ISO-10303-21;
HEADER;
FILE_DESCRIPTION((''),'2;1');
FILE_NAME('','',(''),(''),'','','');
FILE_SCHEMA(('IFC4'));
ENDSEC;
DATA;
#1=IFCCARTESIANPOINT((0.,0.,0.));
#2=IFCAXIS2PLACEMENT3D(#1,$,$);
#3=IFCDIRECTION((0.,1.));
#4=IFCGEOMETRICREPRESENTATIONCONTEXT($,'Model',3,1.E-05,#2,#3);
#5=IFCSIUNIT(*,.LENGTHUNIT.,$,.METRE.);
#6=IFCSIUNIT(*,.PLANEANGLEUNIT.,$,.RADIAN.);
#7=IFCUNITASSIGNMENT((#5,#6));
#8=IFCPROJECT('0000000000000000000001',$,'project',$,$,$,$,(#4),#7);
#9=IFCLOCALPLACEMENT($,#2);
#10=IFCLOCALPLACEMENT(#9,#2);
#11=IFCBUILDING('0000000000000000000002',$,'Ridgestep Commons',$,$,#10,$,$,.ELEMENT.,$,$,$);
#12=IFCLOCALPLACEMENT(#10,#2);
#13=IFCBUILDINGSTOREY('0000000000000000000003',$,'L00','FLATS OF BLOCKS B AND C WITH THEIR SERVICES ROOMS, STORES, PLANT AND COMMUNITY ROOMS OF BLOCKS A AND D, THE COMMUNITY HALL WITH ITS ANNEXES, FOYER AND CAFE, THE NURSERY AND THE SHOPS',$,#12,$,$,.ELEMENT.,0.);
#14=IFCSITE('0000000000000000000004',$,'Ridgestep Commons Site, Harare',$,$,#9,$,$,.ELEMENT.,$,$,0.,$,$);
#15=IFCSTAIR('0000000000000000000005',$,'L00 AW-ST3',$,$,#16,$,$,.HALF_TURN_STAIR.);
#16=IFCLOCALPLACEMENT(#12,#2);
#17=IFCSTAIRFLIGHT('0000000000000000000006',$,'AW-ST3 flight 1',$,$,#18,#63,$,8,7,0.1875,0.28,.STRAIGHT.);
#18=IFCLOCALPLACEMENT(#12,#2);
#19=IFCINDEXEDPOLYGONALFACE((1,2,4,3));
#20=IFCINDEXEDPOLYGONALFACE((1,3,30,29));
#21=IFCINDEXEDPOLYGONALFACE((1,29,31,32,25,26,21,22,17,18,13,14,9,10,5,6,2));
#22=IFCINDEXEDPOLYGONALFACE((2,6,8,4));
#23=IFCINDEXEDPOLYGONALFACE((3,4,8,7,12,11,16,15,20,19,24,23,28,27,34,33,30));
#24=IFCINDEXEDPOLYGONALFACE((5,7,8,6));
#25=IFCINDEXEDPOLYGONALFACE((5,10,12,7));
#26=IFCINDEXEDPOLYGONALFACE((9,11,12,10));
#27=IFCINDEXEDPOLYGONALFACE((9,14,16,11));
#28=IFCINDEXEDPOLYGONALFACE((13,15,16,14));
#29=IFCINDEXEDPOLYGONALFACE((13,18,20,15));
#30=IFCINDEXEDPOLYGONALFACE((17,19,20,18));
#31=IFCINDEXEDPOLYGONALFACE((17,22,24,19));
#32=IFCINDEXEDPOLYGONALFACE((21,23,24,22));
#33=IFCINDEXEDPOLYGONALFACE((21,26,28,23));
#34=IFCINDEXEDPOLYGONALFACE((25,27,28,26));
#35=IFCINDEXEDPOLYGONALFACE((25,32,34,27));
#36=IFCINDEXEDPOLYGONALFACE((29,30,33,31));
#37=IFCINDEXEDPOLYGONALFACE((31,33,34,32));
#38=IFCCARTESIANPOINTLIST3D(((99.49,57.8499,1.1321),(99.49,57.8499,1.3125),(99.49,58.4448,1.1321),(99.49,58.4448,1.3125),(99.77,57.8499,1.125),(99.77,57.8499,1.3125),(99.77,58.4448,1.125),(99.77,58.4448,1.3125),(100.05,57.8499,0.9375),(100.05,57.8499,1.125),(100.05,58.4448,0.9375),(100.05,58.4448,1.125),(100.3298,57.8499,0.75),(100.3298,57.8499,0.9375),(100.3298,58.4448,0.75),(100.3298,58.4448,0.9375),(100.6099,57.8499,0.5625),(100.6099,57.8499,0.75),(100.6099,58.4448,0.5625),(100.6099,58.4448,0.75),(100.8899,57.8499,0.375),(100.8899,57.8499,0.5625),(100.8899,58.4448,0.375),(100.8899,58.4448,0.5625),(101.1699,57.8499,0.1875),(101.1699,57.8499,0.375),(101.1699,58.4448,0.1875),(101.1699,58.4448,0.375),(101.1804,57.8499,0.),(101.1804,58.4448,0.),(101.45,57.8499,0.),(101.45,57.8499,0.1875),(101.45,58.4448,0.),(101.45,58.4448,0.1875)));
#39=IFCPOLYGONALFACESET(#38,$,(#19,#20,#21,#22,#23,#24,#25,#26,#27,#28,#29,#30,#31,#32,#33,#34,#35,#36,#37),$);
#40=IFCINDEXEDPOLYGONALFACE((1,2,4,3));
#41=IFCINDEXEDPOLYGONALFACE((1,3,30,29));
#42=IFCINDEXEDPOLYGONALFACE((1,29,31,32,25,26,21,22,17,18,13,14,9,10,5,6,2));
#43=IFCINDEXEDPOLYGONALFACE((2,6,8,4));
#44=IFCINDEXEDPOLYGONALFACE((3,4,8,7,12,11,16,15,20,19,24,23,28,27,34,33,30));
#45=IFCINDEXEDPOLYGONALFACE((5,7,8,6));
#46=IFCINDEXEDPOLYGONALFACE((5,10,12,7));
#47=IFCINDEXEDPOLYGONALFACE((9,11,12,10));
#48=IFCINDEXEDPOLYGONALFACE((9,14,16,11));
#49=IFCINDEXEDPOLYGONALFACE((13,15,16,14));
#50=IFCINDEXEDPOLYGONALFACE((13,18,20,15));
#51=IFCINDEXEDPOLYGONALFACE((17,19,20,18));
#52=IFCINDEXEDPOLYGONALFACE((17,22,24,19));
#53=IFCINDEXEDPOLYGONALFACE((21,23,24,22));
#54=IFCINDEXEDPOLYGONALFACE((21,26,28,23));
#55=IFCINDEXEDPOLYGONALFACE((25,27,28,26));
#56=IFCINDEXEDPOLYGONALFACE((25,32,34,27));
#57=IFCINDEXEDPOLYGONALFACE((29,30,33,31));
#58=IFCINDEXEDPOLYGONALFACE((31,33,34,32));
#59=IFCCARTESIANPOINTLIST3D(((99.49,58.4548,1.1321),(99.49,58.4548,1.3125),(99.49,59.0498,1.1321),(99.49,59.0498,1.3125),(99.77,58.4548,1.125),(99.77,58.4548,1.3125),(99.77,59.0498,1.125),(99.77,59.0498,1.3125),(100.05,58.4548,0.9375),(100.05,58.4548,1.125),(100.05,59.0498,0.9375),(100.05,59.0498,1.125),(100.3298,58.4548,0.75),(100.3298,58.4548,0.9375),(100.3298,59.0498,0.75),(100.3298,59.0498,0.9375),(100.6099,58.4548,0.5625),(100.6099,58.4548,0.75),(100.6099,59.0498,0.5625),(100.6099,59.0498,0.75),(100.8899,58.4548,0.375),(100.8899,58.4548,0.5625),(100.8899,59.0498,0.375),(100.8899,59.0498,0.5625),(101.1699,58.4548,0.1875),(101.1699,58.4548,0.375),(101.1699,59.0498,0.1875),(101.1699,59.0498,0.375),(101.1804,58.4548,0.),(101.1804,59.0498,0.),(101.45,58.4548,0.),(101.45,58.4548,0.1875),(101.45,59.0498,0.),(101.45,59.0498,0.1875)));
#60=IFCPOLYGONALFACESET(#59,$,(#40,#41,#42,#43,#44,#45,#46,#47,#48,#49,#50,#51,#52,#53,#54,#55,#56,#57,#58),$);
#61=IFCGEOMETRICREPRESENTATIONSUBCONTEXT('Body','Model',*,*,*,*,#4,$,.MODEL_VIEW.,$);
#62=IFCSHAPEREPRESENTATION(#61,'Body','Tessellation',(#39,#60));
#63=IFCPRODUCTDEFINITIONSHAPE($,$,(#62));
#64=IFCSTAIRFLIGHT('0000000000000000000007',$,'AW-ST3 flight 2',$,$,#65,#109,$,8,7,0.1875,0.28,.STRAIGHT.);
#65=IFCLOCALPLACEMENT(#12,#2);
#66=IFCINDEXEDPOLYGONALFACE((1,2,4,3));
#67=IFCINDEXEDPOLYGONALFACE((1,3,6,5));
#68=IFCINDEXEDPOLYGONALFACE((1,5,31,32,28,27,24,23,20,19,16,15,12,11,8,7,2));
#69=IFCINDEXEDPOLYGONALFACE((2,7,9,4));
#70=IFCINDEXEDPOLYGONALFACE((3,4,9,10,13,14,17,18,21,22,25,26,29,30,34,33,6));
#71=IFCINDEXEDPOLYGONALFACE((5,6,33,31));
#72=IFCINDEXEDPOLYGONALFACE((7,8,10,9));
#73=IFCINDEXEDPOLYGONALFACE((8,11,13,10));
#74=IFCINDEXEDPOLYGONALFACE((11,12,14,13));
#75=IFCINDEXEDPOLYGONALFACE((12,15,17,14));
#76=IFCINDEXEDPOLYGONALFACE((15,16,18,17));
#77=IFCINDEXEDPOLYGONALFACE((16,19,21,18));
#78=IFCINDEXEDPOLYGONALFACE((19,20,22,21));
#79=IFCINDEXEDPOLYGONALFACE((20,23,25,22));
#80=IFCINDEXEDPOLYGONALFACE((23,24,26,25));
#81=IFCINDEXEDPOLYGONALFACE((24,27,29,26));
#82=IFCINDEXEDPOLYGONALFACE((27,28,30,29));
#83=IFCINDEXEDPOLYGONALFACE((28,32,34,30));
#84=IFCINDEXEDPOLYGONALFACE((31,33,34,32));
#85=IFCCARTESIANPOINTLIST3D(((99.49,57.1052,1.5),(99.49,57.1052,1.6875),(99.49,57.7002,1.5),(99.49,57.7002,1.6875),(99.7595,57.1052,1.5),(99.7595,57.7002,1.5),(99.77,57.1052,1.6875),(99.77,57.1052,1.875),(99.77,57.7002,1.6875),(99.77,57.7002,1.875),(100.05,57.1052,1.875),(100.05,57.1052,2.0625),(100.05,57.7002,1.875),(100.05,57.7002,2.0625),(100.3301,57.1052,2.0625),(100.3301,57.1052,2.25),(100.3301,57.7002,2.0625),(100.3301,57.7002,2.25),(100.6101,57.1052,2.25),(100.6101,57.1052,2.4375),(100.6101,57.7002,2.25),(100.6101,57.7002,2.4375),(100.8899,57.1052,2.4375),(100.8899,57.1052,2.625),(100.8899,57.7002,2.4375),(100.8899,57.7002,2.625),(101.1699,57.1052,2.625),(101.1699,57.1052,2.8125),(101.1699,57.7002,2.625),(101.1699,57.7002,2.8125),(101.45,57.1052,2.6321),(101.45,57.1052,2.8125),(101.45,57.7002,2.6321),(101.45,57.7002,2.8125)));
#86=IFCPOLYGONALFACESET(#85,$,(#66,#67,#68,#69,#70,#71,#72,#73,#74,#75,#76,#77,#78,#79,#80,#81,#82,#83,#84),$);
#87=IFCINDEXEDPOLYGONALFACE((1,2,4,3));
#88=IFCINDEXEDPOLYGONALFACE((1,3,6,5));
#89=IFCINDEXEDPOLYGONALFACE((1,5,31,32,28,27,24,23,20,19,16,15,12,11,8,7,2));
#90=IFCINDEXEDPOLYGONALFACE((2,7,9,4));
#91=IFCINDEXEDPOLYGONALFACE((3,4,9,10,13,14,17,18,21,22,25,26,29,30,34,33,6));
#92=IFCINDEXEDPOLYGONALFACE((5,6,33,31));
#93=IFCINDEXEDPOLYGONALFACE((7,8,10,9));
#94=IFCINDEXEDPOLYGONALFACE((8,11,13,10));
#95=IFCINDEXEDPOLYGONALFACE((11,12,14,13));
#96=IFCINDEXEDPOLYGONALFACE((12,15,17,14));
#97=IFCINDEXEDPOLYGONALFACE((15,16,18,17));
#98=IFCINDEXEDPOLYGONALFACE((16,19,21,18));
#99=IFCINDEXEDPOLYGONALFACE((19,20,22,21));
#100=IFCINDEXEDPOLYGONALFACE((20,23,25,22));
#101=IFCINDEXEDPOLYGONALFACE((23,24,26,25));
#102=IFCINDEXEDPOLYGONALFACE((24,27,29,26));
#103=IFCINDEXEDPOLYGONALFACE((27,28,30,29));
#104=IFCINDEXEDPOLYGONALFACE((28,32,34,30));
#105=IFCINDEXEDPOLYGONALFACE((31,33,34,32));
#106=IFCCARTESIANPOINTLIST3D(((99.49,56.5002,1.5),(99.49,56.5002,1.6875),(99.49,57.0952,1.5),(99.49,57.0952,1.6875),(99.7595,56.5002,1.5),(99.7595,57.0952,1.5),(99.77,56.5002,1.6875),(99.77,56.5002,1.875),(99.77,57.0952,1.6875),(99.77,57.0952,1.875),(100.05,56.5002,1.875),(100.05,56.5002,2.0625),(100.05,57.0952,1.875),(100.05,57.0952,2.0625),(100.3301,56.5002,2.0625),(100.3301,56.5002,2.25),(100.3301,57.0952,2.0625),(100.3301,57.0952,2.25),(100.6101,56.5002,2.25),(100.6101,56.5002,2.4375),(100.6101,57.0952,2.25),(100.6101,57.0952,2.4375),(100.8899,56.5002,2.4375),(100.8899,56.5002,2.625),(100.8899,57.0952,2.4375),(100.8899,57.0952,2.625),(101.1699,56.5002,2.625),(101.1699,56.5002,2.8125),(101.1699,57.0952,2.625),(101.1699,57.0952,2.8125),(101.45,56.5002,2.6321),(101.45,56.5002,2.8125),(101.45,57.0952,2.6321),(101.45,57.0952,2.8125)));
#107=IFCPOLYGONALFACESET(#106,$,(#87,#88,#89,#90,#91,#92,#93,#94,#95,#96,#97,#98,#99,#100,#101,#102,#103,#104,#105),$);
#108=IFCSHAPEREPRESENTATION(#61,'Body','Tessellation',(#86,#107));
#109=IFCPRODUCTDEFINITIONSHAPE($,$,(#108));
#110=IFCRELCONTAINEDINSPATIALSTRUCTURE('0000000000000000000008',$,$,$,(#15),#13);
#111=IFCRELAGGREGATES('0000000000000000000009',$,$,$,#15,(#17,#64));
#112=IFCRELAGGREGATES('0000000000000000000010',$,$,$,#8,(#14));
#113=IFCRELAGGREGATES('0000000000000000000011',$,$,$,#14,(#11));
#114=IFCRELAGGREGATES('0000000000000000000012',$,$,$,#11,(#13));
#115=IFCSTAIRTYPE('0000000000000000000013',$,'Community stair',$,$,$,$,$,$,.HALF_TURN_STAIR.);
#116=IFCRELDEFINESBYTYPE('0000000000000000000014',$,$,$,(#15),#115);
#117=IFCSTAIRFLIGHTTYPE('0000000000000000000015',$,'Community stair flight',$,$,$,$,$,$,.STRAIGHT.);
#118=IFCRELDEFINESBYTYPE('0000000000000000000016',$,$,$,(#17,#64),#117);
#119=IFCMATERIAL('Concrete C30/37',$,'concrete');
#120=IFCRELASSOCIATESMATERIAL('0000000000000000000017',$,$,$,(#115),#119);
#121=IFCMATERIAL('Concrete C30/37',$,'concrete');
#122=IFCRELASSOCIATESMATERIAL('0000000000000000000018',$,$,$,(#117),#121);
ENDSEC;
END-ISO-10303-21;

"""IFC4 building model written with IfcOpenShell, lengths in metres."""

from ifc_helpers import new_model, si_unit, direction, frame, origin, place, context, subcontext, project, spatial, polyline, outline, extrude, material, type_object, element, aggregate, save


model = new_model("IFC4")

# Units and contexts
model_context = context("Model", 3, precision=1e-05, world=origin(), true_north=direction((0.0, 1.0)))
body_context = subcontext(model_context, "Body", "Model", "MODEL_VIEW")
ifc_project = project(units=[si_unit("LENGTHUNIT", "METRE"), si_unit("PLANEANGLEUNIT", "RADIAN")], contexts=[model_context])

# Site, building, storey
site_placement = place(None, origin())
site = spatial("IfcSite", under=ifc_project, at=site_placement, Name="Ridgestep Commons Site, Harare", CompositionType="ELEMENT", RefElevation=0.0)
building_placement = place(site_placement, origin())
building = spatial("IfcBuilding", under=site, at=building_placement, Name="Ridgestep Commons", CompositionType="ELEMENT")
storey_placement = place(building_placement, origin())
storey = spatial("IfcBuildingStorey", under=building, at=storey_placement, Name="L00", Description="FLATS OF BLOCKS B AND C WITH THEIR SERVICES ROOMS, STORES, PLANT AND COMMUNITY ROOMS OF BLOCKS A AND D, THE COMMUNITY HALL WITH ITS ANNEXES, FOYER AND CAFE, THE NURSERY AND THE SHOPS", CompositionType="ELEMENT", Elevation=0.0)

# Stair, stair flights
ifc_material_1 = material(Name="Concrete C30/37", Category="concrete")
stair_type = type_object("IfcStairType", Name="Community stair", PredefinedType="HALF_TURN_STAIR", material=ifc_material_1)
ifc_material_2 = material(Name="Concrete C30/37", Category="concrete")
stair_flight_type = type_object("IfcStairFlightType", Name="Community stair flight", PredefinedType="STRAIGHT", material=ifc_material_2)
stair_1_placement = place(storey_placement, origin())
stair_1 = element("IfcStair", 1, at=stair_1_placement, inside=storey, type_object=stair_type, Name="L00 AW-ST3", PredefinedType="HALF_TURN_STAIR")
stair_flight_1_placement = place(storey_placement, frame((101.45, 58.45, 0.0), z_axis=(0.0, 0.0, 1.0), x_axis=(-1.0, 0.0, 0.0)))
stair_flight_1 = element("IfcStairFlight", 2, at=stair_flight_1_placement, type_object=stair_flight_type, Name="AW-ST3 flight 1", NumberOfRisers=8, NumberOfTreads=7, PredefinedType="STRAIGHT", RiserHeight=0.1875, TreadLength=0.28, context=body_context, shape_type="SweptSolid", body=[
    extrude(outline(polyline([(0.0, 0.0), (0.0, 0.1875), (0.28, 0.1875), (0.28, 0.375), (0.5601, 0.375), (0.5601, 0.5625), (0.8401, 0.5625), (0.8401, 0.75), (1.1201, 0.75), (1.1201, 0.9375), (1.3999, 0.9375), (1.3999, 1.125), (1.6799, 1.125), (1.6799, 1.3125), (1.96, 1.3125), (1.96, 1.5), (1.96, 1.1321), (0.2695, 0.0), (0.0, 0.0)])), frame((0.0, 0.6001, 0.0), z_axis=(0.0, -1.0, 0.0), x_axis=(1.0, 0.0, 0.0)), (0.0, 0.0, 1.0), 0.595),
    extrude(outline(polyline([(0.0, 0.0), (0.0, 0.1875), (0.28, 0.1875), (0.28, 0.375), (0.5601, 0.375), (0.5601, 0.5625), (0.8401, 0.5625), (0.8401, 0.75), (1.1201, 0.75), (1.1201, 0.9375), (1.3999, 0.9375), (1.3999, 1.125), (1.6799, 1.125), (1.6799, 1.3125), (1.96, 1.3125), (1.96, 1.5), (1.96, 1.1321), (0.2695, 0.0), (0.0, 0.0)])), frame((0.0, -0.0049, 0.0), z_axis=(0.0, -1.0, 0.0), x_axis=(1.0, 0.0, 0.0)), (0.0, 0.0, 1.0), 0.595),
])
stair_flight_2_placement = place(storey_placement, frame((99.49, 57.1001, 1.5), z_axis=(0.0, 0.0, 1.0), x_axis=(1.0, 0.0, 0.0)))
stair_flight_2 = element("IfcStairFlight", 3, at=stair_flight_2_placement, type_object=stair_flight_type, Name="AW-ST3 flight 2", NumberOfRisers=8, NumberOfTreads=7, PredefinedType="STRAIGHT", RiserHeight=0.1875, TreadLength=0.28, context=body_context, shape_type="SweptSolid", body=[
    extrude(outline(polyline([(0.0, 0.0), (0.0, 0.1875), (0.28, 0.1875), (0.28, 0.375), (0.5601, 0.375), (0.5601, 0.5625), (0.8401, 0.5625), (0.8401, 0.75), (1.1201, 0.75), (1.1201, 0.9375), (1.3999, 0.9375), (1.3999, 1.125), (1.6799, 1.125), (1.6799, 1.3125), (1.96, 1.3125), (1.96, 1.5), (1.96, 1.1321), (0.2695, 0.0), (0.0, 0.0)])), frame((0.0, 0.6001, 0.0), z_axis=(0.0, -1.0, 0.0), x_axis=(1.0, 0.0, 0.0)), (0.0, 0.0, 1.0), 0.595),
    extrude(outline(polyline([(0.0, 0.0), (0.0, 0.1875), (0.28, 0.1875), (0.28, 0.375), (0.5601, 0.375), (0.5601, 0.5625), (0.8401, 0.5625), (0.8401, 0.75), (1.1201, 0.75), (1.1201, 0.9375), (1.3999, 0.9375), (1.3999, 1.125), (1.6799, 1.125), (1.6799, 1.3125), (1.96, 1.3125), (1.96, 1.5), (1.96, 1.1321), (0.2695, 0.0), (0.0, 0.0)])), frame((0.0, -0.0049, 0.0), z_axis=(0.0, -1.0, 0.0), x_axis=(1.0, 0.0, 0.0)), (0.0, 0.0, 1.0), 0.595),
])
aggregate(stair_1, [stair_flight_1, stair_flight_2])

save(model, "model.ifc")
